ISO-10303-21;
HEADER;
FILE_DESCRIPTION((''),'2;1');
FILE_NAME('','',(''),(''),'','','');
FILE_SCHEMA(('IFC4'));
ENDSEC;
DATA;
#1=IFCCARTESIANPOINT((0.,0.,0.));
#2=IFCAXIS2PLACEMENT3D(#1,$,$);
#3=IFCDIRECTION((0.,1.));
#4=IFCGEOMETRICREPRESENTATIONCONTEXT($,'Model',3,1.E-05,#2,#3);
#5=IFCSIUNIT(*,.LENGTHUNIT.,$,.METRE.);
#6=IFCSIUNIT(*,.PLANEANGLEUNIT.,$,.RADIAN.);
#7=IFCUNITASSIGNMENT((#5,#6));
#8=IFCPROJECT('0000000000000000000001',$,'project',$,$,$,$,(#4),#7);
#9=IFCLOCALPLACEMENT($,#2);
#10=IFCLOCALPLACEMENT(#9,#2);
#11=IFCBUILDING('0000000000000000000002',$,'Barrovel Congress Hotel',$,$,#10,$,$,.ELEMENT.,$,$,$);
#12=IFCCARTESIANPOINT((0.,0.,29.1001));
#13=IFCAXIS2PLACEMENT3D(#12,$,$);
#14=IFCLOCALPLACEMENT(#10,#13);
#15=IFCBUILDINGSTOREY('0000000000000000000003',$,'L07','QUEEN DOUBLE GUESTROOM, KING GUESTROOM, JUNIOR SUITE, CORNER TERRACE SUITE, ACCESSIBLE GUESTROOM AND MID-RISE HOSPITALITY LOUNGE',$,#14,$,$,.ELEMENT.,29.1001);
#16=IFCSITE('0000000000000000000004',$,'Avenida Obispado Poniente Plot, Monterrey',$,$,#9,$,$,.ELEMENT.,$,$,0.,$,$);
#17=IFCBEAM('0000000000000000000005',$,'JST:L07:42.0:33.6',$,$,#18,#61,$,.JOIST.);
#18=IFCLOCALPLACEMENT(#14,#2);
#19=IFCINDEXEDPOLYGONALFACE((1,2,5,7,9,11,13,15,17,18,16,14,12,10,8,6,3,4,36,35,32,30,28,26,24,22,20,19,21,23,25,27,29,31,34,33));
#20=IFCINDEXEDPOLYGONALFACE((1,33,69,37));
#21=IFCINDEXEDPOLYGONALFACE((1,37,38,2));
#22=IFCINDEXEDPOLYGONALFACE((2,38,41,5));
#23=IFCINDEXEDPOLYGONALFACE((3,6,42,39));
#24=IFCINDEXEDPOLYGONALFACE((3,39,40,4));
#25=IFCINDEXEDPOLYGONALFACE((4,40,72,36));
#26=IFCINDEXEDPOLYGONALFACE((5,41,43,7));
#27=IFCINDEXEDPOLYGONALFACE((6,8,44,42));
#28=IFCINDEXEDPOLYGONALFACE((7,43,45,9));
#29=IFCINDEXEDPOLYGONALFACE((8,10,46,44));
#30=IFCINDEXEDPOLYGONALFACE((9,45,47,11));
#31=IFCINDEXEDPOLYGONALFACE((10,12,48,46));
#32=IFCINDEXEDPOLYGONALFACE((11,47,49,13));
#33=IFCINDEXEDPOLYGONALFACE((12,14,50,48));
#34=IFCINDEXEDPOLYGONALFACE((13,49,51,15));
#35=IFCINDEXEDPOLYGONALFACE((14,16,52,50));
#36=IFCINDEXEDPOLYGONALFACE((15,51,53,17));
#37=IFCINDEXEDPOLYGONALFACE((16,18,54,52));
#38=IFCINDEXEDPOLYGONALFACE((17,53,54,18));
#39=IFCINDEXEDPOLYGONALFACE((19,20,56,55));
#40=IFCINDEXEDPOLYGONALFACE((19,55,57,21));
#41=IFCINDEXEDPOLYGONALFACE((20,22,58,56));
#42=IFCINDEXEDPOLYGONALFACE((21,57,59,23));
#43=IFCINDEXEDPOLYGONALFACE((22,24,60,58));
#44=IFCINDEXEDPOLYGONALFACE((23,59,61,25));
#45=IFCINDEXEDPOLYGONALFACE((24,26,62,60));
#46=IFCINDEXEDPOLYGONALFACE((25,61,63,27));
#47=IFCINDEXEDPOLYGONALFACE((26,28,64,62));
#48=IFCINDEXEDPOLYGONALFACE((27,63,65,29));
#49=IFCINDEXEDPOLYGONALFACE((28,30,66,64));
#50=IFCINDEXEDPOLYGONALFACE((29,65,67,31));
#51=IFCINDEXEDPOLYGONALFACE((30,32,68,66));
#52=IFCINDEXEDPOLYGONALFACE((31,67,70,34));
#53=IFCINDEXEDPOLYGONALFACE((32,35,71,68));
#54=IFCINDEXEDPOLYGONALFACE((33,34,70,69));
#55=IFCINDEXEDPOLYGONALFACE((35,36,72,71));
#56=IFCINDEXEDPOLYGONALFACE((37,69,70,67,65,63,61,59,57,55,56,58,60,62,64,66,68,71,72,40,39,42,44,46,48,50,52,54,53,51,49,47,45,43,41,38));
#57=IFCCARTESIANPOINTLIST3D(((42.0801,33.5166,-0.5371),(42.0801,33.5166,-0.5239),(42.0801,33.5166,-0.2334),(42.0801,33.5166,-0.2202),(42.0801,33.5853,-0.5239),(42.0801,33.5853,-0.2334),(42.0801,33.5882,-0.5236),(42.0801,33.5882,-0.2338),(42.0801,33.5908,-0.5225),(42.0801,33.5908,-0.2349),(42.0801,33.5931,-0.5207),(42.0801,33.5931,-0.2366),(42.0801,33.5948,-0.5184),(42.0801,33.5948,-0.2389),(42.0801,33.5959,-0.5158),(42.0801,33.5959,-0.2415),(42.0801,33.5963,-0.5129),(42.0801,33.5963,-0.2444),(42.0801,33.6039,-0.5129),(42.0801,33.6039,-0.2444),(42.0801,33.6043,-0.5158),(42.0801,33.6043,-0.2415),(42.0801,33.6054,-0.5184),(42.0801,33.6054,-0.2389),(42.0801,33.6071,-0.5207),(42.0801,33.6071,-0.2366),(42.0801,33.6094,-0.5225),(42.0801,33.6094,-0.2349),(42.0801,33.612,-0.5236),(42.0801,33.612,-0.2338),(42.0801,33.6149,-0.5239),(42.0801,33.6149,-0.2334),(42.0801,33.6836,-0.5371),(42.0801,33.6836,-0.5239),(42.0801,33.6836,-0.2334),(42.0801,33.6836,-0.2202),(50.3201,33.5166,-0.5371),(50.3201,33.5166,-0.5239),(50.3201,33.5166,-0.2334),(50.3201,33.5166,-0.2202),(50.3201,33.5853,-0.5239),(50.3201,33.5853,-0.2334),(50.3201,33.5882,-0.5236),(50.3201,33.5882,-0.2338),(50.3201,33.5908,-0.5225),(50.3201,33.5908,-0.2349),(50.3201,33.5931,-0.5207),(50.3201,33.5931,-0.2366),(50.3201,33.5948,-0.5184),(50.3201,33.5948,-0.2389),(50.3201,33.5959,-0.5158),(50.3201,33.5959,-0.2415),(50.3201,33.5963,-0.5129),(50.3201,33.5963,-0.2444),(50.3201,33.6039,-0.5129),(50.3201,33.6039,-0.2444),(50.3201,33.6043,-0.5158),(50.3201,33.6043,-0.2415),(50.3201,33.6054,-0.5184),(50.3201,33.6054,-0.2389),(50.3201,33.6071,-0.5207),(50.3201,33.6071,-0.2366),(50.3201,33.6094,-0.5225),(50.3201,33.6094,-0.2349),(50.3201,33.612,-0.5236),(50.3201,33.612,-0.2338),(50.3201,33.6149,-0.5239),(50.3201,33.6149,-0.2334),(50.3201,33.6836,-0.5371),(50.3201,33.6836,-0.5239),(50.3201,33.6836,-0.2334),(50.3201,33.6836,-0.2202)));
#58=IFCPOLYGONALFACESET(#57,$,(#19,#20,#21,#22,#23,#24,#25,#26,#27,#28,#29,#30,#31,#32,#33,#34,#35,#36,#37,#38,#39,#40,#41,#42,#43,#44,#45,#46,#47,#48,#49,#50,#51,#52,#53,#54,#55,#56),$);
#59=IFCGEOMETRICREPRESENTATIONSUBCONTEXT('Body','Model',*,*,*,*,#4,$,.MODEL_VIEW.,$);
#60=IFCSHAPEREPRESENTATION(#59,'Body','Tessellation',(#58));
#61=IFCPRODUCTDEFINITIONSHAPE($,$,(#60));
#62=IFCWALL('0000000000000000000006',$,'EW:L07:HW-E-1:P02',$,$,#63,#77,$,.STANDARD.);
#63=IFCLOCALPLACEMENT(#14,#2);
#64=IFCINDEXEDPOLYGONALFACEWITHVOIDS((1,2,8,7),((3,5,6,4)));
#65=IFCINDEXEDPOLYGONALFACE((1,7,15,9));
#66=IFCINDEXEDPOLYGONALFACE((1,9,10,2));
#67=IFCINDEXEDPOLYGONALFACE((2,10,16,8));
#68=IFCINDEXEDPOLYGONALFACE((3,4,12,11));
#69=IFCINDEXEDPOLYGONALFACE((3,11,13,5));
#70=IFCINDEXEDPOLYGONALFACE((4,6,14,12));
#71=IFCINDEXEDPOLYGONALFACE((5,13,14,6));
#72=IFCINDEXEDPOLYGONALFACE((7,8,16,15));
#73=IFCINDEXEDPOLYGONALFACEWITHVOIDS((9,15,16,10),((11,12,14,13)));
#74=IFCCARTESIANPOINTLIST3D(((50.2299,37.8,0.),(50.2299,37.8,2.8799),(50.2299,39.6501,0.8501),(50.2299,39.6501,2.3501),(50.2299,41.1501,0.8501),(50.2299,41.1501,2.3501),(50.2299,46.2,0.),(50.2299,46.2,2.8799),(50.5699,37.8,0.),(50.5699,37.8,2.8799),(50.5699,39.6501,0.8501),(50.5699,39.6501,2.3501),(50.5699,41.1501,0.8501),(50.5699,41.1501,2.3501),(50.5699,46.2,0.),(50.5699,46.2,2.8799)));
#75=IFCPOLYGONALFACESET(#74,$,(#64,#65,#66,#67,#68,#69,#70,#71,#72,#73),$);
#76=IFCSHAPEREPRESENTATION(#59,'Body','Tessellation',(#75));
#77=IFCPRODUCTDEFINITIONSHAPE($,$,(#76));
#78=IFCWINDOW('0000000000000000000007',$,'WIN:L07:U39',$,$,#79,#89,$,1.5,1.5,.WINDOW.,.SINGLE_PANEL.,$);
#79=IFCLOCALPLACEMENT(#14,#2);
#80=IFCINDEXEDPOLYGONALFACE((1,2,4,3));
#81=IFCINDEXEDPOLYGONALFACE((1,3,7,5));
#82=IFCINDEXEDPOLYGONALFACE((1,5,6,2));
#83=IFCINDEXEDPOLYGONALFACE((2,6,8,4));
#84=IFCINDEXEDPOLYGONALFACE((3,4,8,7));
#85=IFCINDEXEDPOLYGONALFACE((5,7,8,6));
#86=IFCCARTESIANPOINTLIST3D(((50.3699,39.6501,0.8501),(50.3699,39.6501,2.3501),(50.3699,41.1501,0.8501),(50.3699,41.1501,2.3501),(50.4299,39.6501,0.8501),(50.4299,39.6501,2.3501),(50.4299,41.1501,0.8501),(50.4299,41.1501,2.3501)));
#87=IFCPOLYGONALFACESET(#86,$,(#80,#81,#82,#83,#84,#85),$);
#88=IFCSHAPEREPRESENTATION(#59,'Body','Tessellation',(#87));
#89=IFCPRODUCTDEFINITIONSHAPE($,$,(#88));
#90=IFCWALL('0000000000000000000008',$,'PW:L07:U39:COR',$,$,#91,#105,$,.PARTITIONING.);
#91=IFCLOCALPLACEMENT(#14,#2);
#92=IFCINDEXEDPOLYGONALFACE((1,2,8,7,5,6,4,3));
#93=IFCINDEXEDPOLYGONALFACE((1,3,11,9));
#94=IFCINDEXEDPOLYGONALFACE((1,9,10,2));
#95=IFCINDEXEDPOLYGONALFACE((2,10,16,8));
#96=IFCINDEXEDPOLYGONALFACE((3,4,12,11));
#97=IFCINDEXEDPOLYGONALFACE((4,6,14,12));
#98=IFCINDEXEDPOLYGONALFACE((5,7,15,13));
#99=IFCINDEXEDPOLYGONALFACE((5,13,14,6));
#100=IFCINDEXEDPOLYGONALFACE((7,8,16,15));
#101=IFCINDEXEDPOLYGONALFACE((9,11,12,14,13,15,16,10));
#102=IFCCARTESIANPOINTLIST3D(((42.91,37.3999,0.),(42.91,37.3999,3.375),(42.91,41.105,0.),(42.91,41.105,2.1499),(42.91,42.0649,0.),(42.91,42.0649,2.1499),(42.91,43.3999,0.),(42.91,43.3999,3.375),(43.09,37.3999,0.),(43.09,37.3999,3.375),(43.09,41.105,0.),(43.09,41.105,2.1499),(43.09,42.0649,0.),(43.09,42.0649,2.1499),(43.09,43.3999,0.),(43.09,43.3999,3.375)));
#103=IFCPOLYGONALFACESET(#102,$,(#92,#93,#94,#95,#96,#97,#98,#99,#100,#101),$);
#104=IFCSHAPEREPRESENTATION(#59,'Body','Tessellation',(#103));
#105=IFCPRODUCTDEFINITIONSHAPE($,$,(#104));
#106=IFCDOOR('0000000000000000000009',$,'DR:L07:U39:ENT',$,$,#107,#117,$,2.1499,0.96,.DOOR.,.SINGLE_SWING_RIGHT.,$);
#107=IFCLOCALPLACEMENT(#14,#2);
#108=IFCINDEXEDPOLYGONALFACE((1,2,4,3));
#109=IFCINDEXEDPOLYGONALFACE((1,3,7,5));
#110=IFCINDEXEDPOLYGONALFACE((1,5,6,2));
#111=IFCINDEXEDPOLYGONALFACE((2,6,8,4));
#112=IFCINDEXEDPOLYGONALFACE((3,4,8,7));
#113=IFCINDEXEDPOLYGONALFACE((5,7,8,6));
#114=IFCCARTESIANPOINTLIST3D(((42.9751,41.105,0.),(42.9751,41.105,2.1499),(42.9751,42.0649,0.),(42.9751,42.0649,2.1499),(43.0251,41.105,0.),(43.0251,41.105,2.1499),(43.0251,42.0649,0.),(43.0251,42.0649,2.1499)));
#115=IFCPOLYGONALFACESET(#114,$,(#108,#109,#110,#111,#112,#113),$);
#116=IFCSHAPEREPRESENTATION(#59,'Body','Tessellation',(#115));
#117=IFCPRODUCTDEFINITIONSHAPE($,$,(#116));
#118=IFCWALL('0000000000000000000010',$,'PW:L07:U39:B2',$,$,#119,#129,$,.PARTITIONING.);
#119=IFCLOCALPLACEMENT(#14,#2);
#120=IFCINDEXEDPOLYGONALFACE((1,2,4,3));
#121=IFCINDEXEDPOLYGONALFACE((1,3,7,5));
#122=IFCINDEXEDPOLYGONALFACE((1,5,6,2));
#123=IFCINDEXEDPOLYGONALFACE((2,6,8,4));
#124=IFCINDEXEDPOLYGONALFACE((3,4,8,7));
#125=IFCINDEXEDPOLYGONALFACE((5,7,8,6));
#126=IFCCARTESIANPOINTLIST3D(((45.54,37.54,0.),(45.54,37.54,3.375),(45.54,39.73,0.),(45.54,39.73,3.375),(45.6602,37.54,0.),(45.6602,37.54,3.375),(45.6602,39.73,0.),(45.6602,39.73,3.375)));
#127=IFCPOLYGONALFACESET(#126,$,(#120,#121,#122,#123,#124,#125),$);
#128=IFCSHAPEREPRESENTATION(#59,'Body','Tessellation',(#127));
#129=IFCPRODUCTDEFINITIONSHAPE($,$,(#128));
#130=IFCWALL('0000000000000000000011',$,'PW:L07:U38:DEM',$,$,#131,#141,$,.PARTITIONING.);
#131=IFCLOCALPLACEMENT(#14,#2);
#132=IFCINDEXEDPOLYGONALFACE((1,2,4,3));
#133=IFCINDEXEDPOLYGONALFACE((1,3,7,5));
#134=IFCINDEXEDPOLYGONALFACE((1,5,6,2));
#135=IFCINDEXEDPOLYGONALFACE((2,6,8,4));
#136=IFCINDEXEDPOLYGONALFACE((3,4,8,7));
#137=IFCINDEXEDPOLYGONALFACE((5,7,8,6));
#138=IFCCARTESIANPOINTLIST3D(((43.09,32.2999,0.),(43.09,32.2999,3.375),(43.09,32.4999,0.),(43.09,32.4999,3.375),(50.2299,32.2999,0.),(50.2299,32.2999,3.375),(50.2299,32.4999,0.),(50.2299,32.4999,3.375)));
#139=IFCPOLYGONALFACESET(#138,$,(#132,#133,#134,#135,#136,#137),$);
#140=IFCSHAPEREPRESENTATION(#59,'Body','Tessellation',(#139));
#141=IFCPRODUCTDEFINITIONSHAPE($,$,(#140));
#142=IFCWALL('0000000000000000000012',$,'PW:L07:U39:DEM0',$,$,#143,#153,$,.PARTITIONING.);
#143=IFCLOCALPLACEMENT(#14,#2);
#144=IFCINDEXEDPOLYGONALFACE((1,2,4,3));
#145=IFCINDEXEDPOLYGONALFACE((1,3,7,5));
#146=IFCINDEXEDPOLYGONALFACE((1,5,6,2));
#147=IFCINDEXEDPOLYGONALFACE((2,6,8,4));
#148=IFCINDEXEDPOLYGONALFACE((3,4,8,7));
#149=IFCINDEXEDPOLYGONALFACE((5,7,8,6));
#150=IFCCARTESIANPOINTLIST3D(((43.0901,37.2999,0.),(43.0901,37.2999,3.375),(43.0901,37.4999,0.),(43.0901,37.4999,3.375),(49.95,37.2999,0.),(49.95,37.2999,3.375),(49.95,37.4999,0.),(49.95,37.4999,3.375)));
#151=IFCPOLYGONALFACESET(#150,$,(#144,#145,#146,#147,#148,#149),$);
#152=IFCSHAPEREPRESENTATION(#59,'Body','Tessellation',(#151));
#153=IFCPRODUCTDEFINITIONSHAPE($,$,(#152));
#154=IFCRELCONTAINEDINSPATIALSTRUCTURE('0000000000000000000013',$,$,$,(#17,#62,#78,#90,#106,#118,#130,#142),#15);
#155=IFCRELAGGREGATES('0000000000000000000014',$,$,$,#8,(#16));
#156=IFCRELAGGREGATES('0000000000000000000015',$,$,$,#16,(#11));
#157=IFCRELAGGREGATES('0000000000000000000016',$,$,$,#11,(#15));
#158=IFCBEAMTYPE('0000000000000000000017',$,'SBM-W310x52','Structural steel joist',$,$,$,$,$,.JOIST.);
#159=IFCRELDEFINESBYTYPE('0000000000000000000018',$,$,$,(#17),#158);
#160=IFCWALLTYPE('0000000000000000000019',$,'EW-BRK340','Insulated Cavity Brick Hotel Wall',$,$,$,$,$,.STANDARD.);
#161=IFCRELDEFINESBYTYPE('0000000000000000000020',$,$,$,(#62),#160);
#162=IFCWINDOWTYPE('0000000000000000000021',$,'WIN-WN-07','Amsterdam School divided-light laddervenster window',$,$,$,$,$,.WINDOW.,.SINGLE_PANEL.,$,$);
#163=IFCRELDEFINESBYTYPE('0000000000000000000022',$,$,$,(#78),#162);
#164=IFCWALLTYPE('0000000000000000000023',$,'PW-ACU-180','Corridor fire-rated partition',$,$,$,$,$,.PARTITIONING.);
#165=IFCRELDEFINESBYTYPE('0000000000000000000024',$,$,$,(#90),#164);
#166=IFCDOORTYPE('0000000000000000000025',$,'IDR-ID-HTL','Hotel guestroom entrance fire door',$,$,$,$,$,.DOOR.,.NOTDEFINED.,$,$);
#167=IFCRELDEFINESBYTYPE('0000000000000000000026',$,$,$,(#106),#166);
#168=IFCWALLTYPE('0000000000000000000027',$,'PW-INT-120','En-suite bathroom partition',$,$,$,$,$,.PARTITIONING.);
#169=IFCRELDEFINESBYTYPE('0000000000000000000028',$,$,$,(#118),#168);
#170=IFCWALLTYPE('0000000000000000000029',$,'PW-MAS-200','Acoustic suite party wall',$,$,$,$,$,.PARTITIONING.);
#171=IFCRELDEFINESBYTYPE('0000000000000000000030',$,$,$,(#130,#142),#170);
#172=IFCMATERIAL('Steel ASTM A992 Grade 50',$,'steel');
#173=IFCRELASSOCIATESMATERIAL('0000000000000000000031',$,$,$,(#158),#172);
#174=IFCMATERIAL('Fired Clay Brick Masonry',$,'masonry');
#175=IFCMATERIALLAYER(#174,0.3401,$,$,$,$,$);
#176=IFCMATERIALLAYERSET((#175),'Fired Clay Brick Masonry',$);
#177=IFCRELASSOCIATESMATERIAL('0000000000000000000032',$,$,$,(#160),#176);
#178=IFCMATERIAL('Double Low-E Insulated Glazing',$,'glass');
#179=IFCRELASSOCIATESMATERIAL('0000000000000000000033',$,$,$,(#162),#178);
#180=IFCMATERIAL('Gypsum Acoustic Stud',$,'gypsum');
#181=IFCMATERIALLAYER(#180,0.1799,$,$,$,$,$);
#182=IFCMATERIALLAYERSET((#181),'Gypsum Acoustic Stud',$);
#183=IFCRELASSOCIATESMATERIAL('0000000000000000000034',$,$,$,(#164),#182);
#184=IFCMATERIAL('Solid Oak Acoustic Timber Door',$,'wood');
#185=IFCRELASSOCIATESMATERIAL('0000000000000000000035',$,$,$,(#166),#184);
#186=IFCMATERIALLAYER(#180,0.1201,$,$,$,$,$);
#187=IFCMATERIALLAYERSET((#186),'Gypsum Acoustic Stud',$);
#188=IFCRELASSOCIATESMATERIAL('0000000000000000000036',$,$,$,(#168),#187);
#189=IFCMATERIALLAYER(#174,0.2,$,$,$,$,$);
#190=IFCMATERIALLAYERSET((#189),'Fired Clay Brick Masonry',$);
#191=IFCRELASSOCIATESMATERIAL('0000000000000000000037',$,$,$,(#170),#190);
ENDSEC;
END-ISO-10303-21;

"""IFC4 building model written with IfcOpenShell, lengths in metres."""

from ifc_helpers import new_model, si_unit, direction, frame, frame_2d, origin, origin_2d, place, context, subcontext, project, spatial, rectangle, i_section, extrude, material, layer, layer_set, material_profile, profile_set, type_object, element, fill, save


model = new_model("IFC4")

# Units and contexts
model_context = context("Model", 3, precision=1e-05, world=origin(), true_north=direction((0.0, 1.0)))
body_context = subcontext(model_context, "Body", "Model", "MODEL_VIEW")
ifc_project = project(units=[si_unit("LENGTHUNIT", "METRE"), si_unit("PLANEANGLEUNIT", "RADIAN")], contexts=[model_context])

# Site, building, storey
site_placement = place(None, origin())
site = spatial("IfcSite", under=ifc_project, at=site_placement, Name="Avenida Obispado Poniente Plot, Monterrey", CompositionType="ELEMENT", RefElevation=0.0)
building_placement = place(site_placement, origin())
building = spatial("IfcBuilding", under=site, at=building_placement, Name="Barrovel Congress Hotel", CompositionType="ELEMENT")
storey_placement = place(building_placement, frame((0.0, 0.0, 29.1001)))
storey = spatial("IfcBuildingStorey", under=building, at=storey_placement, Name="L07", Description="QUEEN DOUBLE GUESTROOM, KING GUESTROOM, JUNIOR SUITE, CORNER TERRACE SUITE, ACCESSIBLE GUESTROOM AND MID-RISE HOSPITALITY LOUNGE", CompositionType="ELEMENT", Elevation=29.1001)

# Beam
ifc_material_1 = material(Name="Steel ASTM A992 Grade 50", Category="steel")
ifc_material_profile_1 = material_profile(ifc_material_1, i_section(OverallWidth=0.167, OverallDepth=0.3169, WebThickness=0.0076, FlangeThickness=0.0132, FilletRadius=0.011, at=origin_2d()), Name="W310x52")
ifc_profile_set_1 = profile_set([ifc_material_profile_1], Name="Steel ASTM A992 Grade 50")
beam_type_1 = type_object("IfcBeamType", Name="SBM-W310x52", Description="Structural steel joist", PredefinedType="JOIST", material=ifc_profile_set_1)
beam_1_placement = place(storey_placement, frame((42.0801, 33.6001, -0.3787), z_axis=(1.0, 0.0, 0.0), x_axis=(0.0, 1.0, 0.0)))
element("IfcBeam", 1, at=beam_1_placement, inside=storey, type_object=beam_type_1, Name="JST:L07:42.0:33.6", PredefinedType="JOIST", context=body_context, shape_type="SweptSolid", body=[
    extrude(i_section(OverallWidth=0.167, OverallDepth=0.3169, WebThickness=0.0076, FlangeThickness=0.0132, FilletRadius=0.011, at=origin_2d()), origin(), (0.0, 0.0, 1.0), 8.24),
])

# Wall, opening, window
ifc_material_2 = material(Name="Fired Clay Brick Masonry", Category="masonry")
ifc_layer_1 = layer(ifc_material_2, 0.3401)
ifc_layer_set_1 = layer_set([ifc_layer_1], Name="Fired Clay Brick Masonry")
wall_type_1 = type_object("IfcWallType", Name="EW-BRK340", Description="Insulated Cavity Brick Hotel Wall", PredefinedType="STANDARD", material=ifc_layer_set_1)
wall_1_placement = place(storey_placement, frame((50.3999, 37.8, 0.0), z_axis=(0.0, 0.0, 1.0), x_axis=(0.0, 1.0, 0.0)))
wall_1 = element("IfcWall", 2, at=wall_1_placement, inside=storey, type_object=wall_type_1, Name="EW:L07:HW-E-1:P02", PredefinedType="STANDARD", context=body_context, shape_type="SweptSolid", body=[
    extrude(rectangle(XDim=8.3999, YDim=0.3401, at=frame_2d((4.2, 0.0))), origin(), (0.0, 0.0, 1.0), 2.8799),
])
opening_1_placement = place(wall_1_placement, frame((1.8501, 0.0, 0.8501)))
opening_1 = element("IfcOpeningElement", 3, at=opening_1_placement, cuts=wall_1, PredefinedType="OPENING", context=body_context, shape_type="SweptSolid", body=[
    extrude(rectangle(XDim=1.5, YDim=1.5, at=frame_2d((0.75, 0.75))), frame((0.0, 0.1802, 0.0), z_axis=(0.0, -1.0, 0.0), x_axis=(1.0, 0.0, 0.0)), (0.0, 0.0, 1.0), 0.3601),
])
ifc_material_3 = material(Name="Double Low-E Insulated Glazing", Category="glass")
window_type = type_object("IfcWindowType", Name="WIN-WN-07", Description="Amsterdam School divided-light laddervenster window", PartitioningType="SINGLE_PANEL", PredefinedType="WINDOW", material=ifc_material_3)
window_placement = place(opening_1_placement, origin())
window = element("IfcWindow", 4, at=window_placement, inside=storey, type_object=window_type, Name="WIN:L07:U39", OverallHeight=1.5, OverallWidth=1.5, PartitioningType="SINGLE_PANEL", PredefinedType="WINDOW", context=body_context, shape_type="SweptSolid", body=[
    extrude(rectangle(XDim=1.5, YDim=1.5, at=frame_2d((0.75, 0.75))), frame((0.0, 0.03, 0.0), z_axis=(0.0, -1.0, 0.0), x_axis=(1.0, 0.0, 0.0)), (0.0, 0.0, 1.0), 0.0601),
])
fill(opening_1, window)

# Wall, opening, door
ifc_material_4 = material(Name="Gypsum Acoustic Stud", Category="gypsum")
ifc_layer_2 = layer(ifc_material_4, 0.1799)
ifc_layer_set_2 = layer_set([ifc_layer_2], Name="Gypsum Acoustic Stud")
wall_type_2 = type_object("IfcWallType", Name="PW-ACU-180", Description="Corridor fire-rated partition", PredefinedType="PARTITIONING", material=ifc_layer_set_2)
wall_2_placement = place(storey_placement, frame((43.0, 37.3999, 0.0), z_axis=(0.0, 0.0, 1.0), x_axis=(0.0, 1.0, 0.0)))
wall_2 = element("IfcWall", 5, at=wall_2_placement, inside=storey, type_object=wall_type_2, Name="PW:L07:U39:COR", PredefinedType="PARTITIONING", context=body_context, shape_type="SweptSolid", body=[
    extrude(rectangle(XDim=6.0, YDim=0.1799, at=frame_2d((3.0, 0.0))), origin(), (0.0, 0.0, 1.0), 3.375),
])
opening_2_placement = place(wall_2_placement, frame((3.7051, 0.0, 0.0)))
opening_2 = element("IfcOpeningElement", 6, at=opening_2_placement, cuts=wall_2, PredefinedType="OPENING", context=body_context, shape_type="SweptSolid", body=[
    extrude(rectangle(XDim=0.96, YDim=2.1499, at=frame_2d((0.48, 1.075))), frame((0.0, 0.1001, 0.0), z_axis=(0.0, -1.0, 0.0), x_axis=(1.0, 0.0, 0.0)), (0.0, 0.0, 1.0), 0.2),
])
ifc_material_5 = material(Name="Solid Oak Acoustic Timber Door", Category="wood")
door_type_1 = type_object("IfcDoorType", Name="IDR-ID-HTL", Description="Hotel guestroom entrance fire door", OperationType="NOTDEFINED", PredefinedType="DOOR", material=ifc_material_5)
door_1_placement = place(opening_2_placement, origin())
door_1 = element("IfcDoor", 7, at=door_1_placement, inside=storey, type_object=door_type_1, Name="DR:L07:U39:ENT", OperationType="SINGLE_SWING_RIGHT", OverallHeight=2.1499, OverallWidth=0.96, PredefinedType="DOOR", context=body_context, shape_type="SweptSolid", body=[
    extrude(rectangle(XDim=0.96, YDim=2.1499, at=frame_2d((0.48, 1.075))), frame((0.0, 0.0249, 0.0), z_axis=(0.0, -1.0, 0.0), x_axis=(1.0, 0.0, 0.0)), (0.0, 0.0, 1.0), 0.05),
])
fill(opening_2, door_1)

# Walls
ifc_layer_3 = layer(ifc_material_4, 0.1201)
ifc_layer_set_3 = layer_set([ifc_layer_3], Name="Gypsum Acoustic Stud")
wall_type_3 = type_object("IfcWallType", Name="PW-INT-120", Description="En-suite bathroom partition", PredefinedType="PARTITIONING", material=ifc_layer_set_3)
wall_3_placement = place(storey_placement, frame((45.6001, 37.54, 0.0), z_axis=(0.0, 0.0, 1.0), x_axis=(0.0, 1.0, 0.0)))
element("IfcWall", 8, at=wall_3_placement, inside=storey, type_object=wall_type_3, Name="PW:L07:U39:B2", PredefinedType="PARTITIONING", context=body_context, shape_type="SweptSolid", body=[
    extrude(rectangle(XDim=2.1899, YDim=0.1201, at=frame_2d((1.095, 0.0))), origin(), (0.0, 0.0, 1.0), 3.375),
])
ifc_layer_4 = layer(ifc_material_2, 0.2)
ifc_layer_set_4 = layer_set([ifc_layer_4], Name="Fired Clay Brick Masonry")
wall_type_4 = type_object("IfcWallType", Name="PW-MAS-200", Description="Acoustic suite party wall", PredefinedType="PARTITIONING", material=ifc_layer_set_4)
wall_4_placement = place(storey_placement, frame((43.0901, 32.3999, 0.0), z_axis=(0.0, 0.0, 1.0), x_axis=(1.0, 0.0, 0.0)))
element("IfcWall", 9, at=wall_4_placement, inside=storey, type_object=wall_type_4, Name="PW:L07:U38:DEM", PredefinedType="PARTITIONING", context=body_context, shape_type="SweptSolid", body=[
    extrude(rectangle(XDim=7.1399, YDim=0.2, at=frame_2d((3.5698, 0.0))), origin(), (0.0, 0.0, 1.0), 3.375),
])
wall_5_placement = place(storey_placement, frame((43.0901, 37.3999, 0.0), z_axis=(0.0, 0.0, 1.0), x_axis=(1.0, 0.0, 0.0)))
element("IfcWall", 10, at=wall_5_placement, inside=storey, type_object=wall_type_4, Name="PW:L07:U39:DEM0", PredefinedType="PARTITIONING", context=body_context, shape_type="SweptSolid", body=[
    extrude(rectangle(XDim=6.8599, YDim=0.2, at=frame_2d((3.4299, 0.0))), origin(), (0.0, 0.0, 1.0), 3.375),
])

save(model, "model.ifc")
